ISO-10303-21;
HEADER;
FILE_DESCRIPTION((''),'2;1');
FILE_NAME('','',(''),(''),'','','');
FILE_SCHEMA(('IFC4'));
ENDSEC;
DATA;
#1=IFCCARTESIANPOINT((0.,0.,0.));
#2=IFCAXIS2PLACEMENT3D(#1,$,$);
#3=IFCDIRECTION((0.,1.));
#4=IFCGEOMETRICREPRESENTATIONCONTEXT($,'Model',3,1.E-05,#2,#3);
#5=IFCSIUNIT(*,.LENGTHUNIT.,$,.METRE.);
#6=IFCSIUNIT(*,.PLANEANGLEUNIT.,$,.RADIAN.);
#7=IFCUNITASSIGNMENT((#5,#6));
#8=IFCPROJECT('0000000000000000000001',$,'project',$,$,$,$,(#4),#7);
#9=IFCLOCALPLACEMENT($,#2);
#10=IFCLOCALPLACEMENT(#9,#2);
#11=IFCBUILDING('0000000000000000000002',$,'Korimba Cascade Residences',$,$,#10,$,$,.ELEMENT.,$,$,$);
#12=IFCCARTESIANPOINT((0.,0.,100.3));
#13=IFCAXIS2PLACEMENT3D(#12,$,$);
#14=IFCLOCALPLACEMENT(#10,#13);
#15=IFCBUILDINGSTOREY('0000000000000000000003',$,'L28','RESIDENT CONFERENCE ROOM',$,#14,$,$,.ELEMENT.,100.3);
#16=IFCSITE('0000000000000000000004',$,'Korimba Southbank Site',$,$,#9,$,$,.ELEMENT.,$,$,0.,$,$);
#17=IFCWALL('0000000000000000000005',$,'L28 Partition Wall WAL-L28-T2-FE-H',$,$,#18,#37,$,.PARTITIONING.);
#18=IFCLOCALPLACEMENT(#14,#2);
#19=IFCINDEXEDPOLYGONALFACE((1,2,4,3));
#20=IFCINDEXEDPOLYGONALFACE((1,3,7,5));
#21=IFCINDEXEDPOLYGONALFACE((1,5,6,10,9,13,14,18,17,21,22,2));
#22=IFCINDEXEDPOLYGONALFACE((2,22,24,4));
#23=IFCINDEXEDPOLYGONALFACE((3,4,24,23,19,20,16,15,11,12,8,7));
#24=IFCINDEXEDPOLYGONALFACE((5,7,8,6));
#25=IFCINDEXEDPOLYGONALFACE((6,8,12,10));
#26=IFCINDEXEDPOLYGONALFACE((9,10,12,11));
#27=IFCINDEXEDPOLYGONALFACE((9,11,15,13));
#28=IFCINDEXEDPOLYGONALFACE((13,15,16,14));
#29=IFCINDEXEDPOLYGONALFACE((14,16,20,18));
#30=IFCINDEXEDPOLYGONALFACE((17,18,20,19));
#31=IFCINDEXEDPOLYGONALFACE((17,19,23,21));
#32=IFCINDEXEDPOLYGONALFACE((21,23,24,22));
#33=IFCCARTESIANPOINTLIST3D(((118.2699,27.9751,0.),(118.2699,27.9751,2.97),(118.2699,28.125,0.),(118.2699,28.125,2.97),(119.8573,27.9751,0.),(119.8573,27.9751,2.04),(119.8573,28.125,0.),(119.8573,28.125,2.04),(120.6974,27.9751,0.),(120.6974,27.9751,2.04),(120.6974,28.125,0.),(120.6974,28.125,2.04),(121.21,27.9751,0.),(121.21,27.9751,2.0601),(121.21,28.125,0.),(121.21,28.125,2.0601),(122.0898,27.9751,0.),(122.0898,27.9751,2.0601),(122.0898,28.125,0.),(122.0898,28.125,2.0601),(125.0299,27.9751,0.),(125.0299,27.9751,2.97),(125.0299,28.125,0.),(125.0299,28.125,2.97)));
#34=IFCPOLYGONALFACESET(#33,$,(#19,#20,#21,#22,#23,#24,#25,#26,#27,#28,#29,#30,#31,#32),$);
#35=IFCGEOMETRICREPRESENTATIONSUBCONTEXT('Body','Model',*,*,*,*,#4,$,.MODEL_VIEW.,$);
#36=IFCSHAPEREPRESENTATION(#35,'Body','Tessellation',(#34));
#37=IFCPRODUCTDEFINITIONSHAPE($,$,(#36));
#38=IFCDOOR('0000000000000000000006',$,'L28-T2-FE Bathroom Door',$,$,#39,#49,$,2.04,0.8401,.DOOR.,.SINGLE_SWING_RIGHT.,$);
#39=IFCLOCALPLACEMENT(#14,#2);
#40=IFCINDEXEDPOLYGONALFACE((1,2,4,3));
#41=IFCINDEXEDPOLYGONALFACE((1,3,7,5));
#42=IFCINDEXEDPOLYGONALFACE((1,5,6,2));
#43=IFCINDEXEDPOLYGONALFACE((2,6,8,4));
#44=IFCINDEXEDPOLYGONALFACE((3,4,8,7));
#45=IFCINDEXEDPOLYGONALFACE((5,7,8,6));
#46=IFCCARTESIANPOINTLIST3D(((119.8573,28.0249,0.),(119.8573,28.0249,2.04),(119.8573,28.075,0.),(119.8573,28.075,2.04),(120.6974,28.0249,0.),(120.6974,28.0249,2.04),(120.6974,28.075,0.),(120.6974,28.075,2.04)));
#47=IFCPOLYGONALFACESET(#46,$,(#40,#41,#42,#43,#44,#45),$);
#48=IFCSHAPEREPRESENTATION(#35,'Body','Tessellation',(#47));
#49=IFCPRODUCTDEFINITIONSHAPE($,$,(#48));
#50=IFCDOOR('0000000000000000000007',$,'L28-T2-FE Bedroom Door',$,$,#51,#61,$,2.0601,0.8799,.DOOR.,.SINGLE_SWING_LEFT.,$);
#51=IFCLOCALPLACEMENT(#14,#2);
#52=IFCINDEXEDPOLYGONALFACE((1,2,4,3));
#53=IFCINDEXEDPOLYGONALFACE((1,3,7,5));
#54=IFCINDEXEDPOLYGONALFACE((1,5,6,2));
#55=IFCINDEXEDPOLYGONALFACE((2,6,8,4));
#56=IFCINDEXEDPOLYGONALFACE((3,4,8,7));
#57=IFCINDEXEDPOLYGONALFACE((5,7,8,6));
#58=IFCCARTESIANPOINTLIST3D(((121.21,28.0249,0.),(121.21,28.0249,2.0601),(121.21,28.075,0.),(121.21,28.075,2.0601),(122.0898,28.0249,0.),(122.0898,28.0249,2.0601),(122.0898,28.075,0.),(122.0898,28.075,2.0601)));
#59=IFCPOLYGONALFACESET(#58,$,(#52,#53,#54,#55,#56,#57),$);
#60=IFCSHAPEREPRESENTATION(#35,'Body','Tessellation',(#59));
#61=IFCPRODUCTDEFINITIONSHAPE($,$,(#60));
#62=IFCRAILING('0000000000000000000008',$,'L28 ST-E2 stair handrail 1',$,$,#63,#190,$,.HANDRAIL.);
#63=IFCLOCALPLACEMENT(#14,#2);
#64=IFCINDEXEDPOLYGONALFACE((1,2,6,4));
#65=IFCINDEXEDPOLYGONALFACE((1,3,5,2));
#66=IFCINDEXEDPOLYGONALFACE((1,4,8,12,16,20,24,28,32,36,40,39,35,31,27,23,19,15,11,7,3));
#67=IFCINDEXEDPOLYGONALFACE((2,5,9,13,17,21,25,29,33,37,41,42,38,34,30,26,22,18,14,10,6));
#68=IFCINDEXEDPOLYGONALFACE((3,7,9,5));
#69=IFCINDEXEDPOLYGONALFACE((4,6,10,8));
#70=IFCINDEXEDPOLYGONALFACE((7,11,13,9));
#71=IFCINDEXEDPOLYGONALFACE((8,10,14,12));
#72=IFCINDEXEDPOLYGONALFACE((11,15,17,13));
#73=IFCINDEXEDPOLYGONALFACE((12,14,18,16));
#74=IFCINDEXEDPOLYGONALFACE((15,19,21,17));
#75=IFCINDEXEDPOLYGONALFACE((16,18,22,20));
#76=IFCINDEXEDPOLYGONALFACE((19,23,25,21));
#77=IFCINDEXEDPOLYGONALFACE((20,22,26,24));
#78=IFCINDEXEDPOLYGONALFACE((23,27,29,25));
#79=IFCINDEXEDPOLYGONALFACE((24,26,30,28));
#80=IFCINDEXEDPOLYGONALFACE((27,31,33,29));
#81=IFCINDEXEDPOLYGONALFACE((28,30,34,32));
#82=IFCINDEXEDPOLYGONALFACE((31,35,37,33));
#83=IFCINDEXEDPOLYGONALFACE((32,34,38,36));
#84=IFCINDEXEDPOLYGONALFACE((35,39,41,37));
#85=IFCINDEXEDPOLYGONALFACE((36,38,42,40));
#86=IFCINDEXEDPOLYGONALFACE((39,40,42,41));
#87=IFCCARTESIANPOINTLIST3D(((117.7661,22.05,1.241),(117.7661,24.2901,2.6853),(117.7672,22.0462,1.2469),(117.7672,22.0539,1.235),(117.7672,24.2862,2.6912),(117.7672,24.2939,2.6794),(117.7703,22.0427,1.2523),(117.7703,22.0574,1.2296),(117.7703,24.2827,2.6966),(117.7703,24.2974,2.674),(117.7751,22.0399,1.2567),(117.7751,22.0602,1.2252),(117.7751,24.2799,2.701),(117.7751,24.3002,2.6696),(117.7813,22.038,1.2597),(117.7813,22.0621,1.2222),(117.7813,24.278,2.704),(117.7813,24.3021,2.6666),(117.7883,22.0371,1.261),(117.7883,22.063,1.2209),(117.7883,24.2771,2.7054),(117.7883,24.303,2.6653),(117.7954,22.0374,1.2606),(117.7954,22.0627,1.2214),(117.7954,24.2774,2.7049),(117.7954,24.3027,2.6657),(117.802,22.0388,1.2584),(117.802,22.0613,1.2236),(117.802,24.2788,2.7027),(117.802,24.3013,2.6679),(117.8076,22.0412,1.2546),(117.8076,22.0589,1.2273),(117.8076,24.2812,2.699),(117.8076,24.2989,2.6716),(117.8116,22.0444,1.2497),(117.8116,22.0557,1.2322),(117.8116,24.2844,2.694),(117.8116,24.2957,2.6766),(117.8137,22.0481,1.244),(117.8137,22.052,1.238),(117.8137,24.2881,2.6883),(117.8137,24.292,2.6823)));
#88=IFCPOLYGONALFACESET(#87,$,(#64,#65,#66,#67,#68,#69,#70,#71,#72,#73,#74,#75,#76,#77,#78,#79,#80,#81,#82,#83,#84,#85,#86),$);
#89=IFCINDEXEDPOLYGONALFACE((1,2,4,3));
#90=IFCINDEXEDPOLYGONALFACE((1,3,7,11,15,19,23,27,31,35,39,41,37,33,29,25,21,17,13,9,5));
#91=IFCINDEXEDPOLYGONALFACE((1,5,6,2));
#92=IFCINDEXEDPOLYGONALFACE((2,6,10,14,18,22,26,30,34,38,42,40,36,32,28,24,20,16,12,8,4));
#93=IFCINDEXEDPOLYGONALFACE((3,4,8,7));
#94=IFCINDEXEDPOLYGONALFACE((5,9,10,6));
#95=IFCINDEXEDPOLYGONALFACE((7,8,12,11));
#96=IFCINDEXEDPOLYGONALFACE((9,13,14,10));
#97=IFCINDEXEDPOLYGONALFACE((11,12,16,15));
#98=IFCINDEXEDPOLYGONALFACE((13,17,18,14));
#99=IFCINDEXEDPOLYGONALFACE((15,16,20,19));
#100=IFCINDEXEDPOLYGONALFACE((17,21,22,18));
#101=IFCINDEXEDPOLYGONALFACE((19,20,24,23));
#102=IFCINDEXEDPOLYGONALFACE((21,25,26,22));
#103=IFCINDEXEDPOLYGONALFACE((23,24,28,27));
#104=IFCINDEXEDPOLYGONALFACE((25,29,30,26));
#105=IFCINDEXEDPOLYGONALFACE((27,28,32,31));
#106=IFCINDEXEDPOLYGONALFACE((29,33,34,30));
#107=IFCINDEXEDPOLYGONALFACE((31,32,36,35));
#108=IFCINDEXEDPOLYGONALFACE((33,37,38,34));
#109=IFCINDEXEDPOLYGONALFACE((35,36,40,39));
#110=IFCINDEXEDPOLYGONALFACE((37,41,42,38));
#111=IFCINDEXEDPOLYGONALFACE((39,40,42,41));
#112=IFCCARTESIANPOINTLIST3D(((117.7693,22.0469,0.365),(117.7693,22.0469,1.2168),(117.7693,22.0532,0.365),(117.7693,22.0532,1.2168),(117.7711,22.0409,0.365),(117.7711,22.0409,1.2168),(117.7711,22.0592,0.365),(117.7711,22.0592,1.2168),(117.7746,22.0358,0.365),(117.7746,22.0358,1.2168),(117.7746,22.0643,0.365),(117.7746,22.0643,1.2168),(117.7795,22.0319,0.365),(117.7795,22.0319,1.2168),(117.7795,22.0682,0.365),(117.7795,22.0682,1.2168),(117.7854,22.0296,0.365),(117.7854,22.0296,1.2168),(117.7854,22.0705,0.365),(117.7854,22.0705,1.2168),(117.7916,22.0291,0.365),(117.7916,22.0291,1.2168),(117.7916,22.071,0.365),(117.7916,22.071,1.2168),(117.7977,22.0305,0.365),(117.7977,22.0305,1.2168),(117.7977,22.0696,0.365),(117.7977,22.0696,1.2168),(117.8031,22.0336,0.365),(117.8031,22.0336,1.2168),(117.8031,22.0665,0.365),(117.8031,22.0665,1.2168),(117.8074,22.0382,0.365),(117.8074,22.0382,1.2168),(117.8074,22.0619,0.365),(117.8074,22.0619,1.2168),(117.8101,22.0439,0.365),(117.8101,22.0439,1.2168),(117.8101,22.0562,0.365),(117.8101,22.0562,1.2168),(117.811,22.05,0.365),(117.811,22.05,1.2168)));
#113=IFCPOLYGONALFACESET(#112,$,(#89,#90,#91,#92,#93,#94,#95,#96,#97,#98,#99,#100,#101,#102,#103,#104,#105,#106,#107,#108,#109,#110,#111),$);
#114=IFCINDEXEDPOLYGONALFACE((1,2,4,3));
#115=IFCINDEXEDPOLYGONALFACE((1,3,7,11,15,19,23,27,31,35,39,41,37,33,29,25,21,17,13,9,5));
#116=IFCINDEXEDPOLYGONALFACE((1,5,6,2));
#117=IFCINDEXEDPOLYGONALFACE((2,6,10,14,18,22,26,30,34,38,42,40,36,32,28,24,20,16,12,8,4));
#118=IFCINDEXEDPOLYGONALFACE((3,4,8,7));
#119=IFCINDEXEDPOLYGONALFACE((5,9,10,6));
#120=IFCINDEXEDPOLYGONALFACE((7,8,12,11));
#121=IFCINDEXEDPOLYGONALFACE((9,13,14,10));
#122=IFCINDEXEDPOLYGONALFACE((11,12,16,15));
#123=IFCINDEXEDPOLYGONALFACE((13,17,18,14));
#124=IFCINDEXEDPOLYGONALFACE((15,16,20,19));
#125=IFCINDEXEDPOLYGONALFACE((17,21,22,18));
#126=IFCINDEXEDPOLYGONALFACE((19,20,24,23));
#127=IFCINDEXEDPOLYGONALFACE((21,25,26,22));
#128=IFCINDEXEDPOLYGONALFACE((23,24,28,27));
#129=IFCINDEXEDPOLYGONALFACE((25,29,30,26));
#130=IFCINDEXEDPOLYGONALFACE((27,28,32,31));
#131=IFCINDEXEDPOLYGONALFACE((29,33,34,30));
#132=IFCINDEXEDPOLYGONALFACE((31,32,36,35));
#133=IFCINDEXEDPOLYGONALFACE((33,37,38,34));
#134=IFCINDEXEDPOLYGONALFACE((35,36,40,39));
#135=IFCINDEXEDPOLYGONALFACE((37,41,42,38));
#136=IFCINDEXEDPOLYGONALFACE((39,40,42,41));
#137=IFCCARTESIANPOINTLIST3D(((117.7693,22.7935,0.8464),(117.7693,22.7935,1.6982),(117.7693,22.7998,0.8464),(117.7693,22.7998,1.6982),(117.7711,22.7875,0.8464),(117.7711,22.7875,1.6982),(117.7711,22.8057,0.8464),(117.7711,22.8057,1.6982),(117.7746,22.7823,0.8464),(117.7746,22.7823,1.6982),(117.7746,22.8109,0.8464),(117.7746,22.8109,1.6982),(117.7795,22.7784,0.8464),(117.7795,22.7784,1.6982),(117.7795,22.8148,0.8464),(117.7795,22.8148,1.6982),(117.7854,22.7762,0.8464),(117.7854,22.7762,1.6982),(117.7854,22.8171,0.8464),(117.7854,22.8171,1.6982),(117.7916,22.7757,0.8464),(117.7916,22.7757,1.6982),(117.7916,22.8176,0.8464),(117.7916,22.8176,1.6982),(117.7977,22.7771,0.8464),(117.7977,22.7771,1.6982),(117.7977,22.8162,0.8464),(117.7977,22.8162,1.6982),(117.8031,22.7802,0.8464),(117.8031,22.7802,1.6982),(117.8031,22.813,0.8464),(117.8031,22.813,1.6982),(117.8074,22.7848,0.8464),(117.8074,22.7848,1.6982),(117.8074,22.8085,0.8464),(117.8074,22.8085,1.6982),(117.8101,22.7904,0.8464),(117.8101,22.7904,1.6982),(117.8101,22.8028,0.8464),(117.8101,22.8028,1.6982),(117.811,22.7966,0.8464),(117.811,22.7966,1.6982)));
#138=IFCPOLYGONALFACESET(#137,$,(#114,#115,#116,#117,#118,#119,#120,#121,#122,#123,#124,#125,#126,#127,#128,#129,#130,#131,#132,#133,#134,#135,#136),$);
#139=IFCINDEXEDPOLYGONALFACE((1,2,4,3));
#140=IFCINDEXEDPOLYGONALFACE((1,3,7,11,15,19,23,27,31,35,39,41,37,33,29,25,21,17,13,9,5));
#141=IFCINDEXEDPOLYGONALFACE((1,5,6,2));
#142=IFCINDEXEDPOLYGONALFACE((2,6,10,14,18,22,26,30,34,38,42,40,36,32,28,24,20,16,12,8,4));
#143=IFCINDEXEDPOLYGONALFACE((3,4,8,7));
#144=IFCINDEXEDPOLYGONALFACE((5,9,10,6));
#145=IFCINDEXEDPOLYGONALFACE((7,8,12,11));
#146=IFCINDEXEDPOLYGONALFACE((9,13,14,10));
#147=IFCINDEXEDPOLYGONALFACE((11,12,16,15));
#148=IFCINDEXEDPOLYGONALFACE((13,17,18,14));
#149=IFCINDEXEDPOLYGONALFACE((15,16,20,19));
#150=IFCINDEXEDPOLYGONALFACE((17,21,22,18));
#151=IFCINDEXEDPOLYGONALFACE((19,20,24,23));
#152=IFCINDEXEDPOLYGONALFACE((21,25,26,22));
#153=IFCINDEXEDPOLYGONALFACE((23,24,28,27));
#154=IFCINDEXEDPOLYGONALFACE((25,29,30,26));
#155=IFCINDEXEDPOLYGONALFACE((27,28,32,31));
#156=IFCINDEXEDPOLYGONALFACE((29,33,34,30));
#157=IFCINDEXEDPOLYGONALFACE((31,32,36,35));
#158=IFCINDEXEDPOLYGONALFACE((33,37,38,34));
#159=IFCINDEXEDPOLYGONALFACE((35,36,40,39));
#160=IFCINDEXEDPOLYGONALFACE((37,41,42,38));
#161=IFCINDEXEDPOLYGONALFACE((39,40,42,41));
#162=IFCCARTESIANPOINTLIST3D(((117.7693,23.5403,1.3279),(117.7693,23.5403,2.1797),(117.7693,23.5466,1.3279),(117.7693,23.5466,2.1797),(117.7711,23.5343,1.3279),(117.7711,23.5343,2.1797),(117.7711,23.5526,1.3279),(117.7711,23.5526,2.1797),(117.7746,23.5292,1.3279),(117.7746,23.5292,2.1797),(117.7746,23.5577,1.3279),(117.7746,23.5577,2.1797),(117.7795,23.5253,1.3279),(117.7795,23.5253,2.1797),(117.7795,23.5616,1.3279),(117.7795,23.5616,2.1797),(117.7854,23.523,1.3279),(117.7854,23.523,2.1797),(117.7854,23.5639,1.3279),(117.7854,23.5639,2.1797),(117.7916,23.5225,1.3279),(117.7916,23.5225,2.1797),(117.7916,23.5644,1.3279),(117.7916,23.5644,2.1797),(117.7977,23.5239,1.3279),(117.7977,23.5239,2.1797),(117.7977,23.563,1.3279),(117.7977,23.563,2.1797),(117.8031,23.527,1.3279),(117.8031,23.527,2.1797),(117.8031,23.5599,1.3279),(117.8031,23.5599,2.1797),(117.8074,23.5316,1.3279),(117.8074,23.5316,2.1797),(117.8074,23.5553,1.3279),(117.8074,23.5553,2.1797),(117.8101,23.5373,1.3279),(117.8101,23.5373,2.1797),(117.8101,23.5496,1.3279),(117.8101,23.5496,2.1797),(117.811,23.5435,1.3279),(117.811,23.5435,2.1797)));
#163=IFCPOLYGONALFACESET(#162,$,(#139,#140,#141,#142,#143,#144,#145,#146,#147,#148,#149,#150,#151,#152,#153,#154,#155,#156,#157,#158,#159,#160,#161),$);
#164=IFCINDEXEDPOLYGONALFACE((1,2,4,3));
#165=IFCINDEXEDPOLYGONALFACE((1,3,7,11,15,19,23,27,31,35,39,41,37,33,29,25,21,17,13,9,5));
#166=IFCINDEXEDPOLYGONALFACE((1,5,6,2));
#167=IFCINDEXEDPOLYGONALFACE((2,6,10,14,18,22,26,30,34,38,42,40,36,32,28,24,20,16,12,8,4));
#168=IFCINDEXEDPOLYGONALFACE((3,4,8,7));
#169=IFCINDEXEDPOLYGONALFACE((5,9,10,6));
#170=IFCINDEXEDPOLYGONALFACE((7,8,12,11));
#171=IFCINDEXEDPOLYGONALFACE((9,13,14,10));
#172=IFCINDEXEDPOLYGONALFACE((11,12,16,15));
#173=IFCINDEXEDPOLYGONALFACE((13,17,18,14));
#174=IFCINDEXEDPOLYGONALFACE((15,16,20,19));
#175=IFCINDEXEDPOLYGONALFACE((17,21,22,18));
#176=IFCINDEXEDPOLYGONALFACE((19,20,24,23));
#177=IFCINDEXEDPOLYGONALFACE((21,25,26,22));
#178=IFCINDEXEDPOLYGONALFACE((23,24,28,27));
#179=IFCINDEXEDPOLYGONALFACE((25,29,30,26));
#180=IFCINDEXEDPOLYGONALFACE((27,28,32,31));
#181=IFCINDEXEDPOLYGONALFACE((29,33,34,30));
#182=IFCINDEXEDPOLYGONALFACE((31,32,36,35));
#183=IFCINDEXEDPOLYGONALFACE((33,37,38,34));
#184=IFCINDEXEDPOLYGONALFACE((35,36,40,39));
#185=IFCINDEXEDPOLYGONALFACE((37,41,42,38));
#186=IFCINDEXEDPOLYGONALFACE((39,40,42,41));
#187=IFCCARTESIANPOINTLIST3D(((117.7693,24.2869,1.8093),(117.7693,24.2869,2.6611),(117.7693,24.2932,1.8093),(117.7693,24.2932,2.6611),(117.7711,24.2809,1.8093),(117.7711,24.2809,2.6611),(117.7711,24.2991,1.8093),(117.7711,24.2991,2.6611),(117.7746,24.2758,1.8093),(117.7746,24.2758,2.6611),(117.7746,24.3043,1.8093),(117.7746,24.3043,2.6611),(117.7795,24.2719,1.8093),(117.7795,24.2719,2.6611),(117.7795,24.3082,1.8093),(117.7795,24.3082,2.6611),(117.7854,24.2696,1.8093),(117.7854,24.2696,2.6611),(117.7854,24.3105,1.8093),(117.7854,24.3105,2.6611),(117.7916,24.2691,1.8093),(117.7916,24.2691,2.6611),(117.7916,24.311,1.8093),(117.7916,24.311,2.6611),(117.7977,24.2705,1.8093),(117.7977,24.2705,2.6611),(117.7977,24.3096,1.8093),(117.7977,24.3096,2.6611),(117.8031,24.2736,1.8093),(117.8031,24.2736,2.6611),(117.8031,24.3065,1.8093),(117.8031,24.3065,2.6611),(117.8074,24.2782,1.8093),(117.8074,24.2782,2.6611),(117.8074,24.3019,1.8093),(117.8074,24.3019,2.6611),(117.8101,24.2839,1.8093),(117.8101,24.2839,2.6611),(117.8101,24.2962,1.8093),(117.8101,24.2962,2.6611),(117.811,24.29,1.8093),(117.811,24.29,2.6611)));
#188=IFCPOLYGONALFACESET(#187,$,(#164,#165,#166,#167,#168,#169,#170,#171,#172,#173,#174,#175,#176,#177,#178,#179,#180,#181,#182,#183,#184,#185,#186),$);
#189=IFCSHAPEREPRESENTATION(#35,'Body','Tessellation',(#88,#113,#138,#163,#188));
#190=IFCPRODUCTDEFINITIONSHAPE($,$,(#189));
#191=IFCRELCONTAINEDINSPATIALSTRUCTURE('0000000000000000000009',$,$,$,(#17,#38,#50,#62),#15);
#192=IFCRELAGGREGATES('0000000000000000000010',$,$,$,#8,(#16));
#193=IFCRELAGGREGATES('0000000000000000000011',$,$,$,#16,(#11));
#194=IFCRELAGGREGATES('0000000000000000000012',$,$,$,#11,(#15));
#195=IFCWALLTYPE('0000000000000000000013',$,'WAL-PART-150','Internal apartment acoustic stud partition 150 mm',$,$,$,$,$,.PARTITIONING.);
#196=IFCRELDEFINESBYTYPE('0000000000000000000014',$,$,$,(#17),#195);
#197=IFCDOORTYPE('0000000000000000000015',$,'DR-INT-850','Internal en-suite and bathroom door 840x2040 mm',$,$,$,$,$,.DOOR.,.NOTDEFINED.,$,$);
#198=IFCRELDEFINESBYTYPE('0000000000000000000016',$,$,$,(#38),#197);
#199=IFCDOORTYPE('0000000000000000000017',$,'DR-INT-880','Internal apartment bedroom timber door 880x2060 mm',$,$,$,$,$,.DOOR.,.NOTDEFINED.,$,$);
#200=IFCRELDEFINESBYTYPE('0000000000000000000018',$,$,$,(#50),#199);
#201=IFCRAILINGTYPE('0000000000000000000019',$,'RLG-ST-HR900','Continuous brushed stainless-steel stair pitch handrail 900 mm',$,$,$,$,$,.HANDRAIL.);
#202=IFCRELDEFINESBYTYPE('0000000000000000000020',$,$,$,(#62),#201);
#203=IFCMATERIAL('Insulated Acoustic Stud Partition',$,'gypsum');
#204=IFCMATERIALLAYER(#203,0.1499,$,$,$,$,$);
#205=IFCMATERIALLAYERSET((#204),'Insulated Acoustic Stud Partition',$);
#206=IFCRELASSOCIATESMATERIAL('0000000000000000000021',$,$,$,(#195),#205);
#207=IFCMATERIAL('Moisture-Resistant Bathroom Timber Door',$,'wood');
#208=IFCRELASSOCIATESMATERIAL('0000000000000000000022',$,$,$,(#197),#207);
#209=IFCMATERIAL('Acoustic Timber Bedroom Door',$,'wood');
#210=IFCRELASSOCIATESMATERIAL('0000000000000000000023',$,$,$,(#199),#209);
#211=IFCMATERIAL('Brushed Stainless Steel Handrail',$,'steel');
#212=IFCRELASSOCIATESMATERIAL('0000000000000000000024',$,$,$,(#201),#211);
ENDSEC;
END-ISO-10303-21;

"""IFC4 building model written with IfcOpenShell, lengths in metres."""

from ifc_helpers import new_model, si_unit, direction, frame, frame_2d, origin, origin_2d, place, context, subcontext, project, spatial, rectangle, circle, extrude, material, layer, layer_set, type_object, element, fill, save


model = new_model("IFC4")

# Units and contexts
model_context = context("Model", 3, precision=1e-05, world=origin(), true_north=direction((0.0, 1.0)))
body_context = subcontext(model_context, "Body", "Model", "MODEL_VIEW")
ifc_project = project(units=[si_unit("LENGTHUNIT", "METRE"), si_unit("PLANEANGLEUNIT", "RADIAN")], contexts=[model_context])

# Site, building, storey
site_placement = place(None, origin())
site = spatial("IfcSite", under=ifc_project, at=site_placement, Name="Korimba Southbank Site", CompositionType="ELEMENT", RefElevation=0.0)
building_placement = place(site_placement, origin())
building = spatial("IfcBuilding", under=site, at=building_placement, Name="Korimba Cascade Residences", CompositionType="ELEMENT")
storey_placement = place(building_placement, frame((0.0, 0.0, 100.3)))
storey = spatial("IfcBuildingStorey", under=building, at=storey_placement, Name="L28", Description="RESIDENT CONFERENCE ROOM", CompositionType="ELEMENT", Elevation=100.3)

# Shared definitions
ifc_material_1 = material(Name="Insulated Acoustic Stud Partition", Category="gypsum")
ifc_layer_1 = layer(ifc_material_1, 0.1499)
ifc_layer_set_1 = layer_set([ifc_layer_1], Name="Insulated Acoustic Stud Partition")
wall_type_1 = type_object("IfcWallType", Name="WAL-PART-150", Description="Internal apartment acoustic stud partition 150 mm", PredefinedType="PARTITIONING", material=ifc_layer_set_1)
ifc_material_2 = material(Name="Moisture-Resistant Bathroom Timber Door", Category="wood")
door_type_1 = type_object("IfcDoorType", Name="DR-INT-850", Description="Internal en-suite and bathroom door 840x2040 mm", OperationType="NOTDEFINED", PredefinedType="DOOR", material=ifc_material_2)
ifc_material_3 = material(Name="Acoustic Timber Bedroom Door", Category="wood")
door_type_2 = type_object("IfcDoorType", Name="DR-INT-880", Description="Internal apartment bedroom timber door 880x2060 mm", OperationType="NOTDEFINED", PredefinedType="DOOR", material=ifc_material_3)

# Wall, openings, doors
wall_1_placement = place(storey_placement, frame((118.27, 28.05, 0.0), z_axis=(0.0, 0.0, 1.0), x_axis=(1.0, 0.0, 0.0)))
wall_1 = element("IfcWall", 1, at=wall_1_placement, inside=storey, type_object=wall_type_1, Name="L28 Partition Wall WAL-L28-T2-FE-H", PredefinedType="PARTITIONING", context=body_context, shape_type="SweptSolid", body=[
    extrude(rectangle(XDim=6.76, YDim=0.1499, at=frame_2d((3.3799, 0.0))), origin(), (0.0, 0.0, 1.0), 2.97),
])
opening_1_placement = place(wall_1_placement, frame((1.5874, 0.0, 0.0)))
opening_1 = element("IfcOpeningElement", 2, at=opening_1_placement, cuts=wall_1, PredefinedType="OPENING", context=body_context, shape_type="SweptSolid", body=[
    extrude(rectangle(XDim=0.8401, YDim=2.04, at=frame_2d((0.4199, 1.02))), frame((0.0, 0.085, 0.0), z_axis=(0.0, -1.0, 0.0), x_axis=(1.0, 0.0, 0.0)), (0.0, 0.0, 1.0), 0.1699),
])
opening_2_placement = place(wall_1_placement, frame((2.9399, 0.0, 0.0)))
opening_2 = element("IfcOpeningElement", 3, at=opening_2_placement, cuts=wall_1, PredefinedType="OPENING", context=body_context, shape_type="SweptSolid", body=[
    extrude(rectangle(XDim=0.8799, YDim=2.0601, at=frame_2d((0.4399, 1.03))), frame((0.0, 0.085, 0.0), z_axis=(0.0, -1.0, 0.0), x_axis=(1.0, 0.0, 0.0)), (0.0, 0.0, 1.0), 0.1699),
])
door_1_placement = place(opening_1_placement, origin())
door_1 = element("IfcDoor", 4, at=door_1_placement, inside=storey, type_object=door_type_1, Name="L28-T2-FE Bathroom Door", OperationType="SINGLE_SWING_RIGHT", OverallHeight=2.04, OverallWidth=0.8401, PredefinedType="DOOR", context=body_context, shape_type="SweptSolid", body=[
    extrude(rectangle(XDim=0.8401, YDim=2.04, at=frame_2d((0.4199, 1.02))), frame((0.0, 0.0249, 0.0), z_axis=(0.0, -1.0, 0.0), x_axis=(1.0, 0.0, 0.0)), (0.0, 0.0, 1.0), 0.05),
])
fill(opening_1, door_1)
door_2_placement = place(opening_2_placement, origin())
door_2 = element("IfcDoor", 5, at=door_2_placement, inside=storey, type_object=door_type_2, Name="L28-T2-FE Bedroom Door", OperationType="SINGLE_SWING_LEFT", OverallHeight=2.0601, OverallWidth=0.8799, PredefinedType="DOOR", context=body_context, shape_type="SweptSolid", body=[
    extrude(rectangle(XDim=0.8799, YDim=2.0601, at=frame_2d((0.4399, 1.03))), frame((0.0, 0.0249, 0.0), z_axis=(0.0, -1.0, 0.0), x_axis=(1.0, 0.0, 0.0)), (0.0, 0.0, 1.0), 0.05),
])
fill(opening_2, door_2)

# Railing
ifc_material_4 = material(Name="Brushed Stainless Steel Handrail", Category="steel")
railing_type = type_object("IfcRailingType", Name="RLG-ST-HR900", Description="Continuous brushed stainless-steel stair pitch handrail 900 mm", PredefinedType="HANDRAIL", material=ifc_material_4)
railing_placement = place(storey_placement, frame((117.79, 22.05, 0.365)))
element("IfcRailing", 6, at=railing_placement, inside=storey, type_object=railing_type, Name="L28 ST-E2 stair handrail 1", PredefinedType="HANDRAIL", context=body_context, shape_type="SweptSolid", body=[
    extrude(circle(Radius=0.0239, at=origin_2d()), frame((0.0, 0.0, 0.876), z_axis=(0.0, 0.840437, 0.54191), x_axis=(-1.0, 0.0, 0.0)), (0.0, 0.0, 1.0), 2.6653),
    extrude(circle(Radius=0.021, at=origin_2d()), origin(), (0.0, 0.0, 1.0), 0.8518),
    extrude(circle(Radius=0.021, at=origin_2d()), frame((0.0, 0.7466, 0.4814)), (0.0, 0.0, 1.0), 0.8518),
    extrude(circle(Radius=0.021, at=origin_2d()), frame((0.0, 1.4934, 0.9629)), (0.0, 0.0, 1.0), 0.8518),
    extrude(circle(Radius=0.021, at=origin_2d()), frame((0.0, 2.24, 1.4443)), (0.0, 0.0, 1.0), 0.8518),
])

save(model, "model.ifc")
